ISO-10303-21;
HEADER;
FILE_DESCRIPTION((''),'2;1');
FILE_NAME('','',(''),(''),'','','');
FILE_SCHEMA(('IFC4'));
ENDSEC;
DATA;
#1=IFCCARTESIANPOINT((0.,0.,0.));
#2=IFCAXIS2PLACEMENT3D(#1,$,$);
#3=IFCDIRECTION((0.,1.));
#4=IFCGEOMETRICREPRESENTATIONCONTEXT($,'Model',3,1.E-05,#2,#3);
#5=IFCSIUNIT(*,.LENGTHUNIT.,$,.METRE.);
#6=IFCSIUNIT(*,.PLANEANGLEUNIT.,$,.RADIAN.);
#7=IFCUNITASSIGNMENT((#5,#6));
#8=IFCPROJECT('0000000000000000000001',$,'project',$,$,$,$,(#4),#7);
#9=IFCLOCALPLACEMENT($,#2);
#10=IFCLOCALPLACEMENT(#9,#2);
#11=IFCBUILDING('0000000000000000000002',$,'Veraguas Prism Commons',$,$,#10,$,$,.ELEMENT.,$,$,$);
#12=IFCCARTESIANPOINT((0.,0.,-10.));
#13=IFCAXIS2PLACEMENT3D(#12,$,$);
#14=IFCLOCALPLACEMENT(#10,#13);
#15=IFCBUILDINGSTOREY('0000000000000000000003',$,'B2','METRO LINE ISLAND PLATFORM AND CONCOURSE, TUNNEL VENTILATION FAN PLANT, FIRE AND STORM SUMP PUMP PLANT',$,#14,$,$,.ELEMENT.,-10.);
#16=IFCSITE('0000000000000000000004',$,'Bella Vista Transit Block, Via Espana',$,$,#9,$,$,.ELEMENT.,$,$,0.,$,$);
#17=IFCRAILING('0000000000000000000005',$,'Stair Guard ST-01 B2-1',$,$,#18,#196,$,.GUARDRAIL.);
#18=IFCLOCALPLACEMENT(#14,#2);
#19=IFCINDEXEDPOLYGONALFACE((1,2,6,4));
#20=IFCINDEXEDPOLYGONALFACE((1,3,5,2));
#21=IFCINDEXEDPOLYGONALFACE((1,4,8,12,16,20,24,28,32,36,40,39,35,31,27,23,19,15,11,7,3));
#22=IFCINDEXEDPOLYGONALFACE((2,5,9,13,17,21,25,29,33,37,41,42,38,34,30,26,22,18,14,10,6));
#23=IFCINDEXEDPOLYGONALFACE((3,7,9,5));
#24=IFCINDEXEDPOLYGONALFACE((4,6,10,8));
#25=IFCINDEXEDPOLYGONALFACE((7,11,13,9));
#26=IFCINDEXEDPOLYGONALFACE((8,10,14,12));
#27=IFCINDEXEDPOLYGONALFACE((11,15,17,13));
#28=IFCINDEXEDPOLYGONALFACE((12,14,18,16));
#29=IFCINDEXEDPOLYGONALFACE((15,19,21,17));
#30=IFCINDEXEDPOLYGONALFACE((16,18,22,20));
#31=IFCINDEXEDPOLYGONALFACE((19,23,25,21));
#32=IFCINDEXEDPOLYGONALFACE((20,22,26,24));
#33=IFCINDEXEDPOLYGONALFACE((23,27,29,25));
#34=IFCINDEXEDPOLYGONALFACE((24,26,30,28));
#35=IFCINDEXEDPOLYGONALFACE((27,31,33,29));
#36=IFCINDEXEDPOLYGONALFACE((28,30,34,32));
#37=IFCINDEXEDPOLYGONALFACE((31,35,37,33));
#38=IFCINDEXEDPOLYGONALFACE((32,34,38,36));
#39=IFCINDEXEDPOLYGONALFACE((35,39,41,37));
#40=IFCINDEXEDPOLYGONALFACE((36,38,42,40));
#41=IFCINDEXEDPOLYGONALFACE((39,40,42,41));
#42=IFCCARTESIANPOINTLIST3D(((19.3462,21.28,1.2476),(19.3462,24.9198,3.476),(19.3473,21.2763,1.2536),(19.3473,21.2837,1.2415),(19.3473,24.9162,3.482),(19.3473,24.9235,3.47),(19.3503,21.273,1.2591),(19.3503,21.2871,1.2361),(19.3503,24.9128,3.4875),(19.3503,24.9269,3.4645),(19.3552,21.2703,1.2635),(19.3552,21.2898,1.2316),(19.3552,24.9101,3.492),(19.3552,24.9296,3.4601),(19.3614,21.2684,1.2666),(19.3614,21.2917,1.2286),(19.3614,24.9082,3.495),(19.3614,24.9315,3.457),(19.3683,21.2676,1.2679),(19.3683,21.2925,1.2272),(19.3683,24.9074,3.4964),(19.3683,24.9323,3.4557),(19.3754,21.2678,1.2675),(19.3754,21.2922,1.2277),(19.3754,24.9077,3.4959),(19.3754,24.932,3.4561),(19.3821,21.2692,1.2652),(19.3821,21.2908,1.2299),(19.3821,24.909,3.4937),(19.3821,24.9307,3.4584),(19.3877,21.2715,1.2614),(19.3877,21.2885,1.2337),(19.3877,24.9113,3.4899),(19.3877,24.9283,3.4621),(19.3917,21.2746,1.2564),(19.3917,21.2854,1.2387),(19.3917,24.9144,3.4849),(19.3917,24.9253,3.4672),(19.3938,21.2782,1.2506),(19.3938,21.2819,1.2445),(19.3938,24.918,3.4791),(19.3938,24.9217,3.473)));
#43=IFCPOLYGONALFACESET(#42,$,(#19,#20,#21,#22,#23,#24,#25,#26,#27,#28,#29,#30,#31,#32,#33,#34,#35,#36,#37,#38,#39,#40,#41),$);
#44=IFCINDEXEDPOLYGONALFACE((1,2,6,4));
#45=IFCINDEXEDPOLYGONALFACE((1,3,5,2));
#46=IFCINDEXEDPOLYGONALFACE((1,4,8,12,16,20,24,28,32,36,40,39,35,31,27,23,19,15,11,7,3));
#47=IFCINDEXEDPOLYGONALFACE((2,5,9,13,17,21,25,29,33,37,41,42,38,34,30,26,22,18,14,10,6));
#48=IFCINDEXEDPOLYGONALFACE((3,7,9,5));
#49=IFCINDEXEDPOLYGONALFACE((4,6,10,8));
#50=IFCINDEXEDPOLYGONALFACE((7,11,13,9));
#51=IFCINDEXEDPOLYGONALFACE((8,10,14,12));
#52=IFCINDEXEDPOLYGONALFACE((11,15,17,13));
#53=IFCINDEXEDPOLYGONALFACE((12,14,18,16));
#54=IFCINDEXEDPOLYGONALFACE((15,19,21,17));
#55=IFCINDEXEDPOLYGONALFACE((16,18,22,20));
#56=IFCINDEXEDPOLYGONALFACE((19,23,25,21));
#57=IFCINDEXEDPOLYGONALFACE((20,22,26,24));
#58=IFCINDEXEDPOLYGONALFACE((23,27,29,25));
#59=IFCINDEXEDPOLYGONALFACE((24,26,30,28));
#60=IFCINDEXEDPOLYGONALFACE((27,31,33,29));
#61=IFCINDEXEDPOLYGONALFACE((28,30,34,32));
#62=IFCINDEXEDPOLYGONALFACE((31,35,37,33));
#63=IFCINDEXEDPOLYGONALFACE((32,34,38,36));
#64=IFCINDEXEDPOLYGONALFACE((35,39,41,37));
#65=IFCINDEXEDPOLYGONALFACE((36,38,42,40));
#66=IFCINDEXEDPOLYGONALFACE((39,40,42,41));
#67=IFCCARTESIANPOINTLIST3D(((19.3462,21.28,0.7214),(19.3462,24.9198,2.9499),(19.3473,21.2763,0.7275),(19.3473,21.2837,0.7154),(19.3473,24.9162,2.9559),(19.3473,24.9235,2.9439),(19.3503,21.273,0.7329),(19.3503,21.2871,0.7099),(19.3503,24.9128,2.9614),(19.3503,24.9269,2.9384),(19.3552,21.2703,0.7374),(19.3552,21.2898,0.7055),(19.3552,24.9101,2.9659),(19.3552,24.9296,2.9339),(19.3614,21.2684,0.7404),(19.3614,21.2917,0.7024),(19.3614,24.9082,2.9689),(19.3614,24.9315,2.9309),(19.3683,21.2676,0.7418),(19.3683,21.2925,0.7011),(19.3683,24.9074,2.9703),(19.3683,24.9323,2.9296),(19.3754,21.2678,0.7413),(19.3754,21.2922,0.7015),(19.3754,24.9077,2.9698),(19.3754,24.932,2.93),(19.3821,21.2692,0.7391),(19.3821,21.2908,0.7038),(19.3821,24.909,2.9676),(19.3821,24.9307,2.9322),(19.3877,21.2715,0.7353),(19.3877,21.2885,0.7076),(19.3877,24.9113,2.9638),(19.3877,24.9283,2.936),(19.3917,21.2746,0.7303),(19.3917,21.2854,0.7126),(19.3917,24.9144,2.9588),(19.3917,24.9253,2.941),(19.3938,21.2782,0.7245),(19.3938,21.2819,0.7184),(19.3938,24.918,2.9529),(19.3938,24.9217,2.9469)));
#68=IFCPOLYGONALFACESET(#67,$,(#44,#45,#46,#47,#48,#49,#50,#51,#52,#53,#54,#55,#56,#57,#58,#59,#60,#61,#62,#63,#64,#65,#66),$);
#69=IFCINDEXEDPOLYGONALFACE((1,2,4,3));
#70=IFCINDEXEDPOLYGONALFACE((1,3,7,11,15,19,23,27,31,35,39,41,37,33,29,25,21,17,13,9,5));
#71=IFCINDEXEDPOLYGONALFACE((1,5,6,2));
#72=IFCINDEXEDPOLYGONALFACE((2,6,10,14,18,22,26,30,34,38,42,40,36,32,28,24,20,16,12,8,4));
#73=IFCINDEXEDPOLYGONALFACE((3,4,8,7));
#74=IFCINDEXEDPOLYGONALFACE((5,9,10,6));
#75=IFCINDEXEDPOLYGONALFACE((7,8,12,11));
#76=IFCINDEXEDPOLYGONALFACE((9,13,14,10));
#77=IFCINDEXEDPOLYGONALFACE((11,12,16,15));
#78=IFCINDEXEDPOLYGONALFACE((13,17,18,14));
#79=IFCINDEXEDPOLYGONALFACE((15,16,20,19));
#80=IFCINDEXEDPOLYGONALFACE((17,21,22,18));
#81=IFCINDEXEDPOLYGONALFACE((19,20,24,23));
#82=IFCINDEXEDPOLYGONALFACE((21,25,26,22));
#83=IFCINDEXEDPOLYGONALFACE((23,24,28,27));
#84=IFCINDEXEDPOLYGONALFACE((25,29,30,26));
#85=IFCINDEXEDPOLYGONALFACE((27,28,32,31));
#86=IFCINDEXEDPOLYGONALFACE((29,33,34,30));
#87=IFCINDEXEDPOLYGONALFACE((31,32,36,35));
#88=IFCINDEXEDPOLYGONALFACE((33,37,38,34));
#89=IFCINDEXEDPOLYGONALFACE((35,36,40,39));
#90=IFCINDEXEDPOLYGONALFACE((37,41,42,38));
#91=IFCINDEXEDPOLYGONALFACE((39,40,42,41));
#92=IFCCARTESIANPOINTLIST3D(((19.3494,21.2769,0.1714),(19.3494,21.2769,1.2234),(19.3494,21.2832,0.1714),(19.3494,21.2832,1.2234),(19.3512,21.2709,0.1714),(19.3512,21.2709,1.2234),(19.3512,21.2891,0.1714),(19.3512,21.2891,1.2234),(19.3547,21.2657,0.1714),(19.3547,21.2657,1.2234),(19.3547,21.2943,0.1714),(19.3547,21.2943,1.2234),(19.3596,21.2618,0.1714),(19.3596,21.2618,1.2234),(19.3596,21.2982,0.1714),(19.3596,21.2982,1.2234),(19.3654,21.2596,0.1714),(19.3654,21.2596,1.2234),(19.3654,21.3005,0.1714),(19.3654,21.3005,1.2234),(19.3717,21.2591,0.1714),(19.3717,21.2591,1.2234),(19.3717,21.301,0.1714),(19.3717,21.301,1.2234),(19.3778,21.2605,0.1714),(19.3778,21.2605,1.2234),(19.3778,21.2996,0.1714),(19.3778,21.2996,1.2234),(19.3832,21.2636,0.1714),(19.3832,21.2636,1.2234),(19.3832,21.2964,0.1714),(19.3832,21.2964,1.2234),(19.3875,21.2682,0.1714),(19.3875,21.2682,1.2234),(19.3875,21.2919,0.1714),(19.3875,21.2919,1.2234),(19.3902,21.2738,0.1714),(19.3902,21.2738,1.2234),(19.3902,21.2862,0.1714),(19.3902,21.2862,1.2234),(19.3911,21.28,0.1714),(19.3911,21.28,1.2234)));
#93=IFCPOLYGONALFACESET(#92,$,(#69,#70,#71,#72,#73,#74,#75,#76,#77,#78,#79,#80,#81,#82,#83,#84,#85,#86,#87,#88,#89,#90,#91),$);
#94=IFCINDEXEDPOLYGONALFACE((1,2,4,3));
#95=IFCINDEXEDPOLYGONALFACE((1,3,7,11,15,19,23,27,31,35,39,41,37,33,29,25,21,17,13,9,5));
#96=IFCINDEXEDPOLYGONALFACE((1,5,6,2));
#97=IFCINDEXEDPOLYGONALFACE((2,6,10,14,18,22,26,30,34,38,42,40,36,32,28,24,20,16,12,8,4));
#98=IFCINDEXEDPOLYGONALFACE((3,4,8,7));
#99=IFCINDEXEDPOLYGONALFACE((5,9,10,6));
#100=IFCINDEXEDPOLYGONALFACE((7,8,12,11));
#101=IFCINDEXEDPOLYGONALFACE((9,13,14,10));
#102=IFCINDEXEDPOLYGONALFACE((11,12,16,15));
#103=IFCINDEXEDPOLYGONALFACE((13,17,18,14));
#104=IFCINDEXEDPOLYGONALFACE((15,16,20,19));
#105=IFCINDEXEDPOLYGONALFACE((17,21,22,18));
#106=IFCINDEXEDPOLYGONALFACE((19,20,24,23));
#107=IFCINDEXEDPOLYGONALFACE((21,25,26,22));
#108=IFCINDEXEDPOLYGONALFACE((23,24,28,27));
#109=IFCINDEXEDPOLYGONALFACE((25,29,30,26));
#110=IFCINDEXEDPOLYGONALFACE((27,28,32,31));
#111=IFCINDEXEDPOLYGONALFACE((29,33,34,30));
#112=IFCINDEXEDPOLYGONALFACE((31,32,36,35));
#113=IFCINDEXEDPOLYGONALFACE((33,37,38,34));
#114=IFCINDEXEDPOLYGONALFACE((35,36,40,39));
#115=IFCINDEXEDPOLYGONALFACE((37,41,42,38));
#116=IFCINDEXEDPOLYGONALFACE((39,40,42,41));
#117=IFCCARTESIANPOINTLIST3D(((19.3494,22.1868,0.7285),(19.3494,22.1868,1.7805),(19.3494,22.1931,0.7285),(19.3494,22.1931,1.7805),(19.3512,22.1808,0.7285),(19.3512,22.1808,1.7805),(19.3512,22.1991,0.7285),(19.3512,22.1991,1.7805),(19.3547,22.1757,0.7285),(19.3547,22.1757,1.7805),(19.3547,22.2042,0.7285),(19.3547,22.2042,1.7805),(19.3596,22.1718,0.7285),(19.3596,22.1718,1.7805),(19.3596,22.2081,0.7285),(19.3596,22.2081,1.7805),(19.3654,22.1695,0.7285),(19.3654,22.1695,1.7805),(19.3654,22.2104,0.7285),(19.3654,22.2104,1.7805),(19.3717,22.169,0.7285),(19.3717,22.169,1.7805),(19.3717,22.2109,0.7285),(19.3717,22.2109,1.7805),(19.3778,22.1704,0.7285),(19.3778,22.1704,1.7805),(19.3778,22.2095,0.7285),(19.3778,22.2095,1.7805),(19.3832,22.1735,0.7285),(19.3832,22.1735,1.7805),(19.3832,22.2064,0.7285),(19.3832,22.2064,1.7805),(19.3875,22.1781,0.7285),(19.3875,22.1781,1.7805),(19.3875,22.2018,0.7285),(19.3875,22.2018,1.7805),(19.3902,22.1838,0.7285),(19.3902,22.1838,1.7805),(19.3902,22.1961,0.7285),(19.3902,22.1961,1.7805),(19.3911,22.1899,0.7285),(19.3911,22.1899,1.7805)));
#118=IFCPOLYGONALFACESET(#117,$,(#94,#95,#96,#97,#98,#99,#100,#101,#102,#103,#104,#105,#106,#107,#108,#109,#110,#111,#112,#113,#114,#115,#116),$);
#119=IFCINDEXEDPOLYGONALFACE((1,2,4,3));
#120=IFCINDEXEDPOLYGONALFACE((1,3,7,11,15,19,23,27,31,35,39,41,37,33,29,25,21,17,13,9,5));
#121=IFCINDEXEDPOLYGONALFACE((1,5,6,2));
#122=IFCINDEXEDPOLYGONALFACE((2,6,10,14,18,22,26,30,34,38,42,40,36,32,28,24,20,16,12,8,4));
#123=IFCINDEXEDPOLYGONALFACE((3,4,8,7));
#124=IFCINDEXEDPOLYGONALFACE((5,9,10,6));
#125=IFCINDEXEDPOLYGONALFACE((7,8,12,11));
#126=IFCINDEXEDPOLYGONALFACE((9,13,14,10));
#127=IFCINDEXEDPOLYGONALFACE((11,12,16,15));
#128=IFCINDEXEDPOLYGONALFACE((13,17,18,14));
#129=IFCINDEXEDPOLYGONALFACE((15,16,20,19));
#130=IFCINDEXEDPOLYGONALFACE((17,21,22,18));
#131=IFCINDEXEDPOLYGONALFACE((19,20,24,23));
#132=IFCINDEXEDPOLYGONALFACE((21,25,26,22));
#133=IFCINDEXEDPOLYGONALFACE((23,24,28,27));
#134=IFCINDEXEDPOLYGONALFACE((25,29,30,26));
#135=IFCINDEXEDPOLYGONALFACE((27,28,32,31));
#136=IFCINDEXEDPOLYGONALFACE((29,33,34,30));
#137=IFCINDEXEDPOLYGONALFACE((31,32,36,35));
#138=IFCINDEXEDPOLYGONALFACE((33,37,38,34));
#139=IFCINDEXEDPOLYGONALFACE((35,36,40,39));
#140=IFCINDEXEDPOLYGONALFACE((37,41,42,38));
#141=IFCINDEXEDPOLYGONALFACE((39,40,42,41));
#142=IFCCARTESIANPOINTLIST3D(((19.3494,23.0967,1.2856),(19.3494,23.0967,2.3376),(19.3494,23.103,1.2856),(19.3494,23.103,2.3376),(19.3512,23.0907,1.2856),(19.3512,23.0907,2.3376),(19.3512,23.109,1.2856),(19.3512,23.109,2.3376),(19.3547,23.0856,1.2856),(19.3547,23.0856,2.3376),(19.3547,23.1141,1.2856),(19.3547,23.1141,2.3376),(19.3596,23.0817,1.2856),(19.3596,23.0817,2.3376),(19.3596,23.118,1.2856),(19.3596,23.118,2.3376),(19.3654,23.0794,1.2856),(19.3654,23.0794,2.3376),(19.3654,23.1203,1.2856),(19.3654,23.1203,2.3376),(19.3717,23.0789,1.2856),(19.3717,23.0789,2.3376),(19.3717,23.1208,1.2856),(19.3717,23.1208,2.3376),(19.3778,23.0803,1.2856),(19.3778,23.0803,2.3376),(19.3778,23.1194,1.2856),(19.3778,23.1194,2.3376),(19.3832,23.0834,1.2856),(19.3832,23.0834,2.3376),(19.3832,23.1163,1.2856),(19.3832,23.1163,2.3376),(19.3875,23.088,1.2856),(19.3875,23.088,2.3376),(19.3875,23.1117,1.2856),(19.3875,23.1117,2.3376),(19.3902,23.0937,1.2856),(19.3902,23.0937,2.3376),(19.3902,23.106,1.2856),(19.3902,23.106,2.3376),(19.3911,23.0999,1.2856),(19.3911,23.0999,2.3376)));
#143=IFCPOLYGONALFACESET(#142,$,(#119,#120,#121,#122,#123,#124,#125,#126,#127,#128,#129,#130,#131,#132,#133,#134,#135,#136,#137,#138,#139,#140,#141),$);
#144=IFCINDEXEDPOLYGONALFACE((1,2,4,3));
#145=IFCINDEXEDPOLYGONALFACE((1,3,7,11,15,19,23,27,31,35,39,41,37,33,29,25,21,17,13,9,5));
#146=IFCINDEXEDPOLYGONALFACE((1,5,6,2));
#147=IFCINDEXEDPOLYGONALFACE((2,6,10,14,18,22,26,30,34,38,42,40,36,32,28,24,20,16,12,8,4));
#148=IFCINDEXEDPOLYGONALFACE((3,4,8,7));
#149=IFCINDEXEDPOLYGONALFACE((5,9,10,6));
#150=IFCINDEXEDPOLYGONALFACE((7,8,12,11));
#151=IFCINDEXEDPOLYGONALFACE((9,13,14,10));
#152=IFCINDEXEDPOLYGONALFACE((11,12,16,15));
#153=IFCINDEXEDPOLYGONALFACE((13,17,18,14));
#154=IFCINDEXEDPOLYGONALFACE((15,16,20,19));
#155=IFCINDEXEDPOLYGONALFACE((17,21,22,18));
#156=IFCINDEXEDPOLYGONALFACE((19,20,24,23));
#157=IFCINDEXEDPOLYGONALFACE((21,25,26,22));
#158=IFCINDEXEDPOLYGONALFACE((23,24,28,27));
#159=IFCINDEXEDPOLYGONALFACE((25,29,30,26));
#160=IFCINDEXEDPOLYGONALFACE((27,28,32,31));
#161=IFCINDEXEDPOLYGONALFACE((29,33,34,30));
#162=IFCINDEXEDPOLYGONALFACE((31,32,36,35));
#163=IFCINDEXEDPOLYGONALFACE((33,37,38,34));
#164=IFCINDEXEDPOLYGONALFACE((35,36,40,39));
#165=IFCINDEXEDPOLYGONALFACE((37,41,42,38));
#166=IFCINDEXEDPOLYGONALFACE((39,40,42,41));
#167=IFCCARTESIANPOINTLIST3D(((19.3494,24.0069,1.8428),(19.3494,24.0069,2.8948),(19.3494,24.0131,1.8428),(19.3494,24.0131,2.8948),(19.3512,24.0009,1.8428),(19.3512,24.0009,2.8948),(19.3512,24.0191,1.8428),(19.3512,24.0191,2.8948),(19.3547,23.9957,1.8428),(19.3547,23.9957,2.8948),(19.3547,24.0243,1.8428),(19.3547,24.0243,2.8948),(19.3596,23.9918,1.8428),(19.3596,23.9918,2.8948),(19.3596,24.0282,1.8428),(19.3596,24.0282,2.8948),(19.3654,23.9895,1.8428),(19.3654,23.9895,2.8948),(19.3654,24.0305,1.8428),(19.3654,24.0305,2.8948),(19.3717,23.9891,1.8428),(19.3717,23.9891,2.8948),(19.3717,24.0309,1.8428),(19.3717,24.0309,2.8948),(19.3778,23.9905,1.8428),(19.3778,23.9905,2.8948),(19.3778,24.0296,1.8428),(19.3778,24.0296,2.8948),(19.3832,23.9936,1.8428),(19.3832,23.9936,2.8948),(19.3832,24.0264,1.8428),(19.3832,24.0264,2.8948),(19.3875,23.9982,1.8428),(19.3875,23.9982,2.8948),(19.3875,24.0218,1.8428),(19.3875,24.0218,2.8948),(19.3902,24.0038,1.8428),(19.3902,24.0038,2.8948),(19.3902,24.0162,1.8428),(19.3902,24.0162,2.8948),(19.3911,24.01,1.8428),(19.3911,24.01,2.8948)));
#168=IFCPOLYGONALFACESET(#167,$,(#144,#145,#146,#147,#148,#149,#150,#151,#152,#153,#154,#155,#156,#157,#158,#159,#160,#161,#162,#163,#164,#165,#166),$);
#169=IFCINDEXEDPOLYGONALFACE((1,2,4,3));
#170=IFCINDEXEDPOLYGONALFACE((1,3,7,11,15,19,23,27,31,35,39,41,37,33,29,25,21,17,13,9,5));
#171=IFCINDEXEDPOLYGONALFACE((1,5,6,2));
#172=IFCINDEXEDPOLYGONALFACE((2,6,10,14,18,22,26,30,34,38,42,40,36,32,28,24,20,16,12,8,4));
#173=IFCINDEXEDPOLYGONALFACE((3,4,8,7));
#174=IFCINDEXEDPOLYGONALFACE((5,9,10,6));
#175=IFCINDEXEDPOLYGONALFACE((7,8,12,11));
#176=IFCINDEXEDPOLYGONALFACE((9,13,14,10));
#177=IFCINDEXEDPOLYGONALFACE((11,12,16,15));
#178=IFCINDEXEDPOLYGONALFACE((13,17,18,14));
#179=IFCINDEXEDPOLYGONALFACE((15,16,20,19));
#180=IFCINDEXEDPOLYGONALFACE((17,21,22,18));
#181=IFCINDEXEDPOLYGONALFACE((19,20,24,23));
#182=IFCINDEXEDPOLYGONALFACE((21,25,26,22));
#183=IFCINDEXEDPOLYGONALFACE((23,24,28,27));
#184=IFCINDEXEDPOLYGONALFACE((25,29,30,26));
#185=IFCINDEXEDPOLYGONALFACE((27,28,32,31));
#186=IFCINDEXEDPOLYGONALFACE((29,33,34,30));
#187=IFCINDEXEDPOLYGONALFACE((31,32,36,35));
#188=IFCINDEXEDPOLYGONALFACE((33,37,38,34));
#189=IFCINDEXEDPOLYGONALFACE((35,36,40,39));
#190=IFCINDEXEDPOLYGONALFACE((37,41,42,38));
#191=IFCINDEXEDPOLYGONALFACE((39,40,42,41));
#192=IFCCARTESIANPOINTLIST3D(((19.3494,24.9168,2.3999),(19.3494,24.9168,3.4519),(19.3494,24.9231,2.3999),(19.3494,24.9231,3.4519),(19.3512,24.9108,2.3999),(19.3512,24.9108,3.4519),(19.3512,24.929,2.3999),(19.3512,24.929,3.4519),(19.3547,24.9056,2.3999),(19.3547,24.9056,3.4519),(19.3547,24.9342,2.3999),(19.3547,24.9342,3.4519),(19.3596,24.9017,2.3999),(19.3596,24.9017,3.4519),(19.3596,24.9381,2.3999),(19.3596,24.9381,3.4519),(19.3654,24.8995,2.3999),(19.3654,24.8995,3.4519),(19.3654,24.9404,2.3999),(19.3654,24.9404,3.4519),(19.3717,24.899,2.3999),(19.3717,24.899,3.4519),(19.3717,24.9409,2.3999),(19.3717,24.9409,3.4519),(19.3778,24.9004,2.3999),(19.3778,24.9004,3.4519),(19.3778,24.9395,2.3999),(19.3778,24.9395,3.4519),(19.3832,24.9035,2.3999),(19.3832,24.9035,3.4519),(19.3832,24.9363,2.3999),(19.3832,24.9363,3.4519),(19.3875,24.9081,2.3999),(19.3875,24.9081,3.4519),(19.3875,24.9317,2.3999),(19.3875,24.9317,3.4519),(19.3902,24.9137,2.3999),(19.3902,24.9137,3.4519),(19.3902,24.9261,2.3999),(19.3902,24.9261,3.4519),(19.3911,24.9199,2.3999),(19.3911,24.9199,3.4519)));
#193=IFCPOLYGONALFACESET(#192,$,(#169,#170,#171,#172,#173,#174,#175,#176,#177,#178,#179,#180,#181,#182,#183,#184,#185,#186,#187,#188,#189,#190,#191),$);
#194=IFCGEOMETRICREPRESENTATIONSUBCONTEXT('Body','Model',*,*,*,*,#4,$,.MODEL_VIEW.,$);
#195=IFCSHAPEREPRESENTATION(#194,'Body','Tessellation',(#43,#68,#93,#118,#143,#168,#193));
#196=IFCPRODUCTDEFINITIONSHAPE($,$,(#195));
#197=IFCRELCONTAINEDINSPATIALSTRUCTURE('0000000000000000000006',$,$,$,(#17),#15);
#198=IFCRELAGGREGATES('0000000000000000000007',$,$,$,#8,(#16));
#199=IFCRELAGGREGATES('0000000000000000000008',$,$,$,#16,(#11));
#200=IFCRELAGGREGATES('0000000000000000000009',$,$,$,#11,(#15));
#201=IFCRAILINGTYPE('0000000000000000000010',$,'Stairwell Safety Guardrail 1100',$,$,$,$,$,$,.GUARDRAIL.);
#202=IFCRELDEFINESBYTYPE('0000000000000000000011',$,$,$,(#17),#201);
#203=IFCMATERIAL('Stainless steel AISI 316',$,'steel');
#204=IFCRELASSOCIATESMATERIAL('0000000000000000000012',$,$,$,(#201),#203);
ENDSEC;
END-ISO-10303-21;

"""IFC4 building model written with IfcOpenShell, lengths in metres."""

from ifc_helpers import new_model, si_unit, direction, frame, origin, origin_2d, place, context, subcontext, project, spatial, circle, extrude, material, type_object, element, save


model = new_model("IFC4")

# Units and contexts
model_context = context("Model", 3, precision=1e-05, world=origin(), true_north=direction((0.0, 1.0)))
body_context = subcontext(model_context, "Body", "Model", "MODEL_VIEW")
ifc_project = project(units=[si_unit("LENGTHUNIT", "METRE"), si_unit("PLANEANGLEUNIT", "RADIAN")], contexts=[model_context])

# Site, building, storey
site_placement = place(None, origin())
site = spatial("IfcSite", under=ifc_project, at=site_placement, Name="Bella Vista Transit Block, Via Espana", CompositionType="ELEMENT", RefElevation=0.0)
building_placement = place(site_placement, origin())
building = spatial("IfcBuilding", under=site, at=building_placement, Name="Veraguas Prism Commons", CompositionType="ELEMENT")
storey_placement = place(building_placement, frame((0.0, 0.0, -10.0)))
storey = spatial("IfcBuildingStorey", under=building, at=storey_placement, Name="B2", Description="METRO LINE ISLAND PLATFORM AND CONCOURSE, TUNNEL VENTILATION FAN PLANT, FIRE AND STORM SUMP PUMP PLANT", CompositionType="ELEMENT", Elevation=-10.0)

# Shared definitions
ifc_material_1 = material(Name="Stainless steel AISI 316", Category="steel")

# Railing
railing_type_1 = type_object("IfcRailingType", Name="Stairwell Safety Guardrail 1100", PredefinedType="GUARDRAIL", material=ifc_material_1)
railing_1_placement = place(storey_placement, frame((19.3701, 21.28, 0.1714)))
element("IfcRailing", 1, at=railing_1_placement, inside=storey, type_object=railing_type_1, Name="Stair Guard ST-01 B2-1", PredefinedType="GUARDRAIL", context=body_context, shape_type="SweptSolid", body=[
    extrude(circle(Radius=0.0239, at=origin_2d()), frame((0.0, 0.0, 1.0762), z_axis=(0.0, 0.85285, 0.522156), x_axis=(-1.0, 0.0, 0.0)), (0.0, 0.0, 1.0), 4.2678),
    extrude(circle(Radius=0.0239, at=origin_2d()), frame((0.0, 0.0, 0.55), z_axis=(0.0, 0.85285, 0.522156), x_axis=(-1.0, 0.0, 0.0)), (0.0, 0.0, 1.0), 4.2678),
    extrude(circle(Radius=0.021, at=origin_2d()), origin(), (0.0, 0.0, 1.0), 1.052),
    extrude(circle(Radius=0.021, at=origin_2d()), frame((0.0, 0.9099, 0.5571)), (0.0, 0.0, 1.0), 1.052),
    extrude(circle(Radius=0.021, at=origin_2d()), frame((0.0, 1.8198, 1.1143)), (0.0, 0.0, 1.0), 1.052),
    extrude(circle(Radius=0.021, at=origin_2d()), frame((0.0, 2.73, 1.6714)), (0.0, 0.0, 1.0), 1.052),
    extrude(circle(Radius=0.021, at=origin_2d()), frame((0.0, 3.6399, 2.2285)), (0.0, 0.0, 1.0), 1.052),
])

save(model, "model.ifc")
